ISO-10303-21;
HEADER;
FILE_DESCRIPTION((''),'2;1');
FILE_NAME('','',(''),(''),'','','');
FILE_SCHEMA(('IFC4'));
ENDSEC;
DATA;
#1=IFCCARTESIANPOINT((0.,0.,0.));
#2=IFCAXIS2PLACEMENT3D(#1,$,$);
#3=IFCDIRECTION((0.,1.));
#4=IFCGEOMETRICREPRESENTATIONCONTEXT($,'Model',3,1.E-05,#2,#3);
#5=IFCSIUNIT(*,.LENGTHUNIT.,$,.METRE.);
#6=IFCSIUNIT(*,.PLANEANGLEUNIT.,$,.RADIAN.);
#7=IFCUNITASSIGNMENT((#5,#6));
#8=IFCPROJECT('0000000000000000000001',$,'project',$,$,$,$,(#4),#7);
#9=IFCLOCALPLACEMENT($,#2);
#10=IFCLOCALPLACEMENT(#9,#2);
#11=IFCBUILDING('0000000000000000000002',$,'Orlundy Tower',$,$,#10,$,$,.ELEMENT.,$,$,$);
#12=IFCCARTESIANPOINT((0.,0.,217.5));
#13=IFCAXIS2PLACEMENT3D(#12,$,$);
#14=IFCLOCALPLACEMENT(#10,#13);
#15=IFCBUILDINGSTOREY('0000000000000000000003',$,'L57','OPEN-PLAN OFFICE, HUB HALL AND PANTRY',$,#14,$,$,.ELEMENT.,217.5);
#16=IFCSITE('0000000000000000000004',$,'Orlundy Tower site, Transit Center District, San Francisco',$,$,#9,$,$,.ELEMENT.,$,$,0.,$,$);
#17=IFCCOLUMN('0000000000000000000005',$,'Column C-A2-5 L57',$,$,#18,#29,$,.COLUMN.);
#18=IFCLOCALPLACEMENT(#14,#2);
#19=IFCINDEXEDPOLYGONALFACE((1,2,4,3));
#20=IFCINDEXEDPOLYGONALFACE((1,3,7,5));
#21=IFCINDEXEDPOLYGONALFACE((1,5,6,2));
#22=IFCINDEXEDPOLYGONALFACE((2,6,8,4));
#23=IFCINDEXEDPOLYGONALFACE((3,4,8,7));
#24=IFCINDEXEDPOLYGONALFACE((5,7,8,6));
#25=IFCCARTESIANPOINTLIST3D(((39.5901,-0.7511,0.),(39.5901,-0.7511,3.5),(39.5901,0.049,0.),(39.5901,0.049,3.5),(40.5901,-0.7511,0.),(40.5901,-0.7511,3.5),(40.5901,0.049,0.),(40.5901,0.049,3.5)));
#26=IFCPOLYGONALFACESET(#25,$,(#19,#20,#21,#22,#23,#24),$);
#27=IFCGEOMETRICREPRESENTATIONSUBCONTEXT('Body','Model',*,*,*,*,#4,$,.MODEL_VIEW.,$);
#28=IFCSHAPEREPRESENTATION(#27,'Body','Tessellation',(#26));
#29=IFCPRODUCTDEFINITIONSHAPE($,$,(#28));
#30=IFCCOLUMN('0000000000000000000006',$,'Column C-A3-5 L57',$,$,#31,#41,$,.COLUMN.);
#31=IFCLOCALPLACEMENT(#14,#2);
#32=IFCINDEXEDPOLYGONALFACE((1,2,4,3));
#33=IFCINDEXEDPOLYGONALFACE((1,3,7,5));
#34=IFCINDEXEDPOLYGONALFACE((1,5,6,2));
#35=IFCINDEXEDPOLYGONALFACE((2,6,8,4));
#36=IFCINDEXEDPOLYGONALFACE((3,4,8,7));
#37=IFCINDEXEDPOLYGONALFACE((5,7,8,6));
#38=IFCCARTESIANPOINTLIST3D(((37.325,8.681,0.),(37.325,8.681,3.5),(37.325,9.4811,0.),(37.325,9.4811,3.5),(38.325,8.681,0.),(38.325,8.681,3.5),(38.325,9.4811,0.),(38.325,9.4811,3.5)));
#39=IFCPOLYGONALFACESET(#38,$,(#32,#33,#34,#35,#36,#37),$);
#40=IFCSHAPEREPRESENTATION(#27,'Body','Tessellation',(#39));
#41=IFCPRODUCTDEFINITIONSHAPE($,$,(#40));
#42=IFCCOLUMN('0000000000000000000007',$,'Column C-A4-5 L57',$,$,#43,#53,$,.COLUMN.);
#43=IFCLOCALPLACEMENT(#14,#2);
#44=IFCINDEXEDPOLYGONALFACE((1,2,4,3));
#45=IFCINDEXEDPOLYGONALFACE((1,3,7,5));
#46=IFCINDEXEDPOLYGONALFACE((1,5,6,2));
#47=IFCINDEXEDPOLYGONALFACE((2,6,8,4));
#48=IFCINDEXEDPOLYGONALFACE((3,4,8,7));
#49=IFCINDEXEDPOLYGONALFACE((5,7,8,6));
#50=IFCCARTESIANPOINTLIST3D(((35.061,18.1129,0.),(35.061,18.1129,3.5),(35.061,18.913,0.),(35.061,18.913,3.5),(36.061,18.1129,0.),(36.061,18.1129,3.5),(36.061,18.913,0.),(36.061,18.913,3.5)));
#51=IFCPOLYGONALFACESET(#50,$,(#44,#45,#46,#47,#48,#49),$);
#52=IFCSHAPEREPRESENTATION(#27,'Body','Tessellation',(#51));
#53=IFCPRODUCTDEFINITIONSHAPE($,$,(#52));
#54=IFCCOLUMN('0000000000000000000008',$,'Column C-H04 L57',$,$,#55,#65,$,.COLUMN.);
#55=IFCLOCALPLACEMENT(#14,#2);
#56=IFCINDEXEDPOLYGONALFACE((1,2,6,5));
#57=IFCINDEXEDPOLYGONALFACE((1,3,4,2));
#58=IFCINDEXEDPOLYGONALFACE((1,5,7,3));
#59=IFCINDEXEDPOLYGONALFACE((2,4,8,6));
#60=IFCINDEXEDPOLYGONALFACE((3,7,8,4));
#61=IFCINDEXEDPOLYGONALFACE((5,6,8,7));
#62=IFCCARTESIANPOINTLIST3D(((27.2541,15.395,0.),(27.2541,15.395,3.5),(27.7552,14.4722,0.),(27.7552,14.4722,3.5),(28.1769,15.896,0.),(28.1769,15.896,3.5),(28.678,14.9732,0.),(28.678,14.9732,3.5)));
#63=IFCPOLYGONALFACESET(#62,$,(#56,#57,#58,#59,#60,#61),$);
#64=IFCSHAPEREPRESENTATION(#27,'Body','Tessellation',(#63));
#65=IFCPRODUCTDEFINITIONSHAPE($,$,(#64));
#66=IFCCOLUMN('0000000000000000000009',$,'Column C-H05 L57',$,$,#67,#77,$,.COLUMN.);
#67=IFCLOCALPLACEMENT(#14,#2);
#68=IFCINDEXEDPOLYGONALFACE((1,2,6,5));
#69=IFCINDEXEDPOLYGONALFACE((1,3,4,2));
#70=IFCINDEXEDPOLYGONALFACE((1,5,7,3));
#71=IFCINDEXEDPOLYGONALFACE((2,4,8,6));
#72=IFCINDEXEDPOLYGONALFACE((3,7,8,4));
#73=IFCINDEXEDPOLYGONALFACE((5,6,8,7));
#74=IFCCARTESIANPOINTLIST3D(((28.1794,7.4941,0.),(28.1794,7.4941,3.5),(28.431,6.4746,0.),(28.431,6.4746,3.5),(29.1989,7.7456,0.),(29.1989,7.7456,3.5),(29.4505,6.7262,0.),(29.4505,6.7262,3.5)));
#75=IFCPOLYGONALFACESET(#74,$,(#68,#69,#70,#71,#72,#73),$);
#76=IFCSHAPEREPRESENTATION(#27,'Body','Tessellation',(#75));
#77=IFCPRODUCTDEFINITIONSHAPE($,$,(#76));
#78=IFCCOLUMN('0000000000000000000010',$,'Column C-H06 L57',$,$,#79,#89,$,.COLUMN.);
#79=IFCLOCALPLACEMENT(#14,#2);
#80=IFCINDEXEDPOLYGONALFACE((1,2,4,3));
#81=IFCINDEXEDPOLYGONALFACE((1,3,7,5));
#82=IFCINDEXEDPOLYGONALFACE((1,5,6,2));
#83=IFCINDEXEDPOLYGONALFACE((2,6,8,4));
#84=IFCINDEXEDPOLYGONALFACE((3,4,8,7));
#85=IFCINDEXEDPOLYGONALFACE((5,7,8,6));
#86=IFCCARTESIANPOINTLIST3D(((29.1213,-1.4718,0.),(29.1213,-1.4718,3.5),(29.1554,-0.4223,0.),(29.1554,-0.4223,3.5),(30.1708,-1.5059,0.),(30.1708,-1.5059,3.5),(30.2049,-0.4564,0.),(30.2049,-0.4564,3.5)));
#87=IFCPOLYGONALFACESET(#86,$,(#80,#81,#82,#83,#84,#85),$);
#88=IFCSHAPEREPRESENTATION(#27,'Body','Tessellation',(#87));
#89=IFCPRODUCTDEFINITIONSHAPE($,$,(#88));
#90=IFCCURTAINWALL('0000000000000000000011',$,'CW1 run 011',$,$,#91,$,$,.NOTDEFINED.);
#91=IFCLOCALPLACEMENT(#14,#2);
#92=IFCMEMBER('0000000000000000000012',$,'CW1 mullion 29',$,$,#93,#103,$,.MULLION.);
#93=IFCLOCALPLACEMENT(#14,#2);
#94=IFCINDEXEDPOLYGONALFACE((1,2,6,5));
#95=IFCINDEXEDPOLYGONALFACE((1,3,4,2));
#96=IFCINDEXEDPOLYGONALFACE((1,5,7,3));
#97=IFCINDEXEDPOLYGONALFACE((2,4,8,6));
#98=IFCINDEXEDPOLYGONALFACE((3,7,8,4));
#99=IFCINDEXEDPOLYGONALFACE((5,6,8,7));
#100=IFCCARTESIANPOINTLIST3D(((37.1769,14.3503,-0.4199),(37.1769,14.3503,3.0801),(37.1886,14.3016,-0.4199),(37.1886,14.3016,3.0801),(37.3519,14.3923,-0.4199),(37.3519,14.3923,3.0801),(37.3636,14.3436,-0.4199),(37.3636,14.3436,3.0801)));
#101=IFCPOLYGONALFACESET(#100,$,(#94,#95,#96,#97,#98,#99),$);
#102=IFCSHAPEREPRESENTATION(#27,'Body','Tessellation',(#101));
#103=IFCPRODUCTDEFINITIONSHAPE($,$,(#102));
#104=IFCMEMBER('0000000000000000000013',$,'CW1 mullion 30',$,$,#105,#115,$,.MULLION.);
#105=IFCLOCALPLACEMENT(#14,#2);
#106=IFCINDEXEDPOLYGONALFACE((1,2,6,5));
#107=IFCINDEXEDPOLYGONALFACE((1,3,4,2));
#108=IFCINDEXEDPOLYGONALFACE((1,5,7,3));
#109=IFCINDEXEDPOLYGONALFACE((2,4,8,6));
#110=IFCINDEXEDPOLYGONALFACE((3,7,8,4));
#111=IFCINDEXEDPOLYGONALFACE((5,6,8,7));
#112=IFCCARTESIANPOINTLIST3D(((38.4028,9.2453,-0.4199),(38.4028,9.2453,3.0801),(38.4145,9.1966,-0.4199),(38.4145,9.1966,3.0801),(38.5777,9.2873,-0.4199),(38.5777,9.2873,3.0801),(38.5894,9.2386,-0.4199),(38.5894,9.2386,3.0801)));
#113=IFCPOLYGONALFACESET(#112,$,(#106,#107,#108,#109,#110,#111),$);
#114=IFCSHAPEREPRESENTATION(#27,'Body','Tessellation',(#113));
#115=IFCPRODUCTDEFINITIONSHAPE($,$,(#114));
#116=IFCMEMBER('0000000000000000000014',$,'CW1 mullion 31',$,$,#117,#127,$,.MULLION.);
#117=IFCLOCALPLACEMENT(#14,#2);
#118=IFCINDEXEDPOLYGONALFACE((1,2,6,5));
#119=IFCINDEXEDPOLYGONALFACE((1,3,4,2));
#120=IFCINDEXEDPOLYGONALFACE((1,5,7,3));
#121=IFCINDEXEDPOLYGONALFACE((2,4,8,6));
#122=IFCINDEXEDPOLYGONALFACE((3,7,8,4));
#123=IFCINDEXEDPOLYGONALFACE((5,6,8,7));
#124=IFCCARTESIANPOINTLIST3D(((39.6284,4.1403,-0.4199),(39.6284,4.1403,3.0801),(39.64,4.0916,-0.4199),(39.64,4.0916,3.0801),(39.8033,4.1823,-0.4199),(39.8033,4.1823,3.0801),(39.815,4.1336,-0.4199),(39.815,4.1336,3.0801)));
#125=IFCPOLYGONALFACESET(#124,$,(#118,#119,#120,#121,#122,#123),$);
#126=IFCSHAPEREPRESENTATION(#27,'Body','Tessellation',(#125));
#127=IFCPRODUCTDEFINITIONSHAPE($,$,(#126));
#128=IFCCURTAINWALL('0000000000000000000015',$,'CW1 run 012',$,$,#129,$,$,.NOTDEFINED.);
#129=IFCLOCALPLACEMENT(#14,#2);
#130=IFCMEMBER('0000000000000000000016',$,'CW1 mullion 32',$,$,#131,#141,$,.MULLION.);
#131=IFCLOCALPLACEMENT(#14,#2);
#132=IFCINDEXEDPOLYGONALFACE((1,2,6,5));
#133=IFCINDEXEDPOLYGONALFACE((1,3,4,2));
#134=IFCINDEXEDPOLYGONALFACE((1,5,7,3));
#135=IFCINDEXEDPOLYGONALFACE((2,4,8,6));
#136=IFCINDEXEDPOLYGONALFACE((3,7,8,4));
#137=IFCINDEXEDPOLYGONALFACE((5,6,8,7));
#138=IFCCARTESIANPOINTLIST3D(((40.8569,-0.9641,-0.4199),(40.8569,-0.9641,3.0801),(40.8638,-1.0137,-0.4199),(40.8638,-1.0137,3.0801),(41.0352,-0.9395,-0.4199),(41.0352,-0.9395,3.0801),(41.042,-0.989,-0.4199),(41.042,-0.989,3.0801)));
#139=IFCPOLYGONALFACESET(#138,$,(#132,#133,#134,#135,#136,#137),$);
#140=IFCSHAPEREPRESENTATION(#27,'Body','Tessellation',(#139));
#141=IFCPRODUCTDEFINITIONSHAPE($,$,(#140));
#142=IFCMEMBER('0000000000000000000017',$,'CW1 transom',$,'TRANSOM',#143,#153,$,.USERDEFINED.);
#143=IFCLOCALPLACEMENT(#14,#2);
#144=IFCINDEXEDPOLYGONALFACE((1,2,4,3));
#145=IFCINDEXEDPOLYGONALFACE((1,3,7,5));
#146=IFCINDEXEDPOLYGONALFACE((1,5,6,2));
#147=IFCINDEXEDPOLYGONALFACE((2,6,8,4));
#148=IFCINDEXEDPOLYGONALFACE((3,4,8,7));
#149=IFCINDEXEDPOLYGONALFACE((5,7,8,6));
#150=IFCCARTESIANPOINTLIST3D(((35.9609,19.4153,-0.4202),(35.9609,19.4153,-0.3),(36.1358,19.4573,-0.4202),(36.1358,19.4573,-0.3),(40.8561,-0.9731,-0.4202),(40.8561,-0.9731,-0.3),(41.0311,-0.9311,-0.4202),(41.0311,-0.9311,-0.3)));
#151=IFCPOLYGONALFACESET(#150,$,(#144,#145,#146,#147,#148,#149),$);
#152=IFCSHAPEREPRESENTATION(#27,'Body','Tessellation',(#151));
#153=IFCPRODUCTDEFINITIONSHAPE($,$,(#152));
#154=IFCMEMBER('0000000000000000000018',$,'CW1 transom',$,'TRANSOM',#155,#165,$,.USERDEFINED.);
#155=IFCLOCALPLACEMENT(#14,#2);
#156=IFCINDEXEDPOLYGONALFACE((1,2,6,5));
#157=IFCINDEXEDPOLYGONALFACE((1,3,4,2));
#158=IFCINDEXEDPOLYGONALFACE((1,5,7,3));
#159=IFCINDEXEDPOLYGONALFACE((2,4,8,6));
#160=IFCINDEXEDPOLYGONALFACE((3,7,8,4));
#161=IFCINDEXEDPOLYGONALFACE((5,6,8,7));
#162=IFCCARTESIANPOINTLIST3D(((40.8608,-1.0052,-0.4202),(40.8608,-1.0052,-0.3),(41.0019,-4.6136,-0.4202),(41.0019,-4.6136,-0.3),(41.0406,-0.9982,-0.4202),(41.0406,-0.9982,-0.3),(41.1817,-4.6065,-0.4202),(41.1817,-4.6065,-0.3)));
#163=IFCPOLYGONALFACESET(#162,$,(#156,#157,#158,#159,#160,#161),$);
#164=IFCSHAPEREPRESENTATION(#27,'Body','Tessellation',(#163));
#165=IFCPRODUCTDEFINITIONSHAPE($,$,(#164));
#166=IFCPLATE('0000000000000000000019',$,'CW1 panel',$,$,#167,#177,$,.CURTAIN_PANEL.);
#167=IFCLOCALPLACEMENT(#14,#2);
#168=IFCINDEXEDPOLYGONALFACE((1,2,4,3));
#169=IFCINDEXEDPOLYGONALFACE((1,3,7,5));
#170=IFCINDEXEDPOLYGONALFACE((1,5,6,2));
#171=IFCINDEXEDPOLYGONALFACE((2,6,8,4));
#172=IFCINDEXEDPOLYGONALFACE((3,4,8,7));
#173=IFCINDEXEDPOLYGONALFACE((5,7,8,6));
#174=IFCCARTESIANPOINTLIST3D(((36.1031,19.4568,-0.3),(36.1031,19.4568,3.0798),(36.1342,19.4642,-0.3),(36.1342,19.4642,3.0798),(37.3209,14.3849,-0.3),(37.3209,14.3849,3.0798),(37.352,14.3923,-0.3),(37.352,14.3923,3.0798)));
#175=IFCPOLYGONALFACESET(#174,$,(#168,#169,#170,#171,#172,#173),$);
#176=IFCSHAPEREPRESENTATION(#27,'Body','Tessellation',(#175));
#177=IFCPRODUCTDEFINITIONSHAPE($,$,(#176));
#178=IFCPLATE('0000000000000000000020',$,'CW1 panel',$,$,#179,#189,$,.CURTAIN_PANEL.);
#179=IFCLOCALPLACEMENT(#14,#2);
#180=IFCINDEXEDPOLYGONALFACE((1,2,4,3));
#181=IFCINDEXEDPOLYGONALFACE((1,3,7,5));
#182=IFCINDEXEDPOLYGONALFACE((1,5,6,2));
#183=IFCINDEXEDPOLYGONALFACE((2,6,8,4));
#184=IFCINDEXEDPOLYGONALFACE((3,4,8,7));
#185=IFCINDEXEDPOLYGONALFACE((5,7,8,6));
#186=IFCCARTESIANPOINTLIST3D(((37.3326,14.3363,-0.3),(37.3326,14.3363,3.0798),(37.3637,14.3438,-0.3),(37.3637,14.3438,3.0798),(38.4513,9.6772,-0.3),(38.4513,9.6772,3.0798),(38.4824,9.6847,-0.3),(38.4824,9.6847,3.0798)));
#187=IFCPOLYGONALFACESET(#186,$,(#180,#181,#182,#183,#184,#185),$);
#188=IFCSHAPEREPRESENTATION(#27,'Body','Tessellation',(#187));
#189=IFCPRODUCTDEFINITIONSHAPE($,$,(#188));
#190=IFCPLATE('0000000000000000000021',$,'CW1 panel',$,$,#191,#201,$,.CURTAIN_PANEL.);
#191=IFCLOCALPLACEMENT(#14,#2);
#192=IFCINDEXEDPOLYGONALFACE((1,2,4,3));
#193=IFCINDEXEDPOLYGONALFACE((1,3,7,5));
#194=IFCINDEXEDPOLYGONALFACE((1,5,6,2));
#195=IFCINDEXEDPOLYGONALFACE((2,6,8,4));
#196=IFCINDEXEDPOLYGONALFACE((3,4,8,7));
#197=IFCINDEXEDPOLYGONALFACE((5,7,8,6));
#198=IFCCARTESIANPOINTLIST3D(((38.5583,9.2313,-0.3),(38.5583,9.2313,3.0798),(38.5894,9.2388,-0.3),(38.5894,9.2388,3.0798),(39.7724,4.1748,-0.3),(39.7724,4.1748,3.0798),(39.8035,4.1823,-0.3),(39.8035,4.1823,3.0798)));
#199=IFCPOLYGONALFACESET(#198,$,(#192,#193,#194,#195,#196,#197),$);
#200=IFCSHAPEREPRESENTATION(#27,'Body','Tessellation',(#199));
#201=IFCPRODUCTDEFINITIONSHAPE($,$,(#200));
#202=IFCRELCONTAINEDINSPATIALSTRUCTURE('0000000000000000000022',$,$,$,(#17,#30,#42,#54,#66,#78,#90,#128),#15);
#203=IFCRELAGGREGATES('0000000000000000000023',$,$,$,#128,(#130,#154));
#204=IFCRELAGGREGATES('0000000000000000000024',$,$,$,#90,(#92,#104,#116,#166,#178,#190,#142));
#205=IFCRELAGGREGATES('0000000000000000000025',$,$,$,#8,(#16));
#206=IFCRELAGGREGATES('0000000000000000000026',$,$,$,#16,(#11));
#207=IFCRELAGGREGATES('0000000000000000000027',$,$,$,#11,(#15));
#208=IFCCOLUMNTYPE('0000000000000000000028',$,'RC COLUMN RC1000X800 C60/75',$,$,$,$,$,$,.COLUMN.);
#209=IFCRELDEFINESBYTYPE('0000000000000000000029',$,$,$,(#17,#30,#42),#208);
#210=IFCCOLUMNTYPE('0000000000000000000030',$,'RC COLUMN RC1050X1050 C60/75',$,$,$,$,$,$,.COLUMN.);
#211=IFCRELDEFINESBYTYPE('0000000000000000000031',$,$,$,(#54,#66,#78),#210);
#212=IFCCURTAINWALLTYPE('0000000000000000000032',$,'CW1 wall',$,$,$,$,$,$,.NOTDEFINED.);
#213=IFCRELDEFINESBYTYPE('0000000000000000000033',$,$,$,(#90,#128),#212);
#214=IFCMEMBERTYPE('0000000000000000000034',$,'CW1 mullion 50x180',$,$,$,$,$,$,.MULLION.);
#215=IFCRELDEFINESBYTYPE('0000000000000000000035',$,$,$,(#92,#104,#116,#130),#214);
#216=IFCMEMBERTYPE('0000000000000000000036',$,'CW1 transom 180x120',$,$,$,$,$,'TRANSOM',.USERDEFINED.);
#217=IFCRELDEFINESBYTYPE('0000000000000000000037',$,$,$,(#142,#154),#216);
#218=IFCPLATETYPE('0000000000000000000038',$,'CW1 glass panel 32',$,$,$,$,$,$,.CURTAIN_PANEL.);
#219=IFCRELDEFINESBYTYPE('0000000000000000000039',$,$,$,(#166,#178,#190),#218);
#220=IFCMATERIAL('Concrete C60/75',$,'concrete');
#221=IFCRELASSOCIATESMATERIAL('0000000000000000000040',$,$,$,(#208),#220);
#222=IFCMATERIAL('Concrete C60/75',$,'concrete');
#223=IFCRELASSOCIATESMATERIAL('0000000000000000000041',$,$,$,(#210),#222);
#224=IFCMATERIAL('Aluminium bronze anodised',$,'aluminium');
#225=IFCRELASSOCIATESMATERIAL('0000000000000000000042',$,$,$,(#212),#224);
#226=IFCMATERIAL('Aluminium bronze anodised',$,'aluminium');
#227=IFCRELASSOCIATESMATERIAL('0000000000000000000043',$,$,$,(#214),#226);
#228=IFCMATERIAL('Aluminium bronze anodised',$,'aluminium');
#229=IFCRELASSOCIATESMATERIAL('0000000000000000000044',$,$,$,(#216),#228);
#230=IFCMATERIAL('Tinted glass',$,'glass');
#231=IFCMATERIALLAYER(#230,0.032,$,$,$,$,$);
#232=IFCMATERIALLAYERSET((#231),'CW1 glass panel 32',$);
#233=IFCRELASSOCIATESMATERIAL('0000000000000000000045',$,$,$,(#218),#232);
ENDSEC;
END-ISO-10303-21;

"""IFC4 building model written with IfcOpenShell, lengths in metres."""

from ifc_helpers import new_model, si_unit, direction, frame, origin, origin_2d, place, context, subcontext, project, spatial, rectangle, extrude, material, layer, layer_set, material_profile, profile_set, type_object, element, aggregate, save


model = new_model("IFC4")

# Units and contexts
model_context = context("Model", 3, precision=1e-05, world=origin(), true_north=direction((0.0, 1.0)))
body_context = subcontext(model_context, "Body", "Model", "MODEL_VIEW")
ifc_project = project(units=[si_unit("LENGTHUNIT", "METRE"), si_unit("PLANEANGLEUNIT", "RADIAN")], contexts=[model_context])

# Site, building, storey
site_placement = place(None, origin())
site = spatial("IfcSite", under=ifc_project, at=site_placement, Name="Orlundy Tower site, Transit Center District, San Francisco", CompositionType="ELEMENT", RefElevation=0.0)
building_placement = place(site_placement, origin())
building = spatial("IfcBuilding", under=site, at=building_placement, Name="Orlundy Tower", CompositionType="ELEMENT")
storey_placement = place(building_placement, frame((0.0, 0.0, 217.5)))
storey = spatial("IfcBuildingStorey", under=building, at=storey_placement, Name="L57", Description="OPEN-PLAN OFFICE, HUB HALL AND PANTRY", CompositionType="ELEMENT", Elevation=217.5)

# Columns
ifc_material_1 = material(Name="Concrete C60/75", Category="concrete")
ifc_material_profile_1 = material_profile(ifc_material_1, rectangle(XDim=1.0, YDim=0.8, at=origin_2d()), Name="RC1000X800")
ifc_profile_set_1 = profile_set([ifc_material_profile_1], Name="Concrete C60/75")
column_type_1 = type_object("IfcColumnType", Name="RC COLUMN RC1000X800 C60/75", PredefinedType="COLUMN", material=ifc_profile_set_1)
for number, where, z_axis, x_axis, name in (
    (1, (40.0901, -0.3511, 0.0), (0.0, 0.0, 1.0), (1.0, 0.0, 0.0), "Column C-A2-5 L57"),
    (2, (37.825, 9.0811, 0.0), (0.0, 0.0, 1.0), (1.0, 0.0, 0.0), "Column C-A3-5 L57"),
    (3, (35.561, 18.5129, 0.0), (0.0, 0.0, 1.0), (1.0, 0.0, 0.0), "Column C-A4-5 L57"),
):
    element("IfcColumn", number, at=place(storey_placement, frame(where, z_axis=z_axis, x_axis=x_axis)), inside=storey, type_object=column_type_1, Name=name, PredefinedType="COLUMN", context=body_context, shape_type="SweptSolid", body=[
        extrude(rectangle(XDim=1.0, YDim=0.8, at=origin_2d()), origin(), (0.0, 0.0, 1.0), 3.5),
    ])
ifc_material_2 = material(Name="Concrete C60/75", Category="concrete")
ifc_material_profile_2 = material_profile(ifc_material_2, rectangle(XDim=1.05, YDim=1.05, at=origin_2d()), Name="RC1050X1050")
ifc_profile_set_2 = profile_set([ifc_material_profile_2], Name="Concrete C60/75")
column_type_2 = type_object("IfcColumnType", Name="RC COLUMN RC1050X1050 C60/75", PredefinedType="COLUMN", material=ifc_profile_set_2)
for number, where, z_axis, x_axis, name in (
    (4, (27.9661, 15.1841, 0.0), (0.0, 0.0, 1.0), (0.878817, 0.477159, 0.0), "Column C-H04 L57"),
    (5, (28.8149, 7.1101, 0.0), (0.0, 0.0, 1.0), (0.97088, 0.239567, 0.0), "Column C-H05 L57"),
    (6, (29.6631, -0.9641, 0.0), (0.0, 0.0, 1.0), (0.999473, -0.032475, 0.0), "Column C-H06 L57"),
):
    element("IfcColumn", number, at=place(storey_placement, frame(where, z_axis=z_axis, x_axis=x_axis)), inside=storey, type_object=column_type_2, Name=name, PredefinedType="COLUMN", context=body_context, shape_type="SweptSolid", body=[
        extrude(rectangle(XDim=1.05, YDim=1.05, at=origin_2d()), origin(), (0.0, 0.0, 1.0), 3.5),
    ])

# Curtain wall, members
ifc_material_3 = material(Name="Aluminium bronze anodised", Category="aluminium")
curtain_wall_type = type_object("IfcCurtainWallType", Name="CW1 wall", PredefinedType="NOTDEFINED", material=ifc_material_3)
curtain_wall_1_placement = place(storey_placement, origin())
curtain_wall_1 = element("IfcCurtainWall", 7, at=curtain_wall_1_placement, inside=storey, type_object=curtain_wall_type, Name="CW1 run 011", PredefinedType="NOTDEFINED")
ifc_material_4 = material(Name="Aluminium bronze anodised", Category="aluminium")
ifc_material_profile_3 = material_profile(ifc_material_4, rectangle(XDim=0.1799, YDim=0.05, at=origin_2d()), Name="CW1 mullion 50x180")
ifc_profile_set_3 = profile_set([ifc_material_profile_3], Name="Aluminium bronze anodised")
member_type_1 = type_object("IfcMemberType", Name="CW1 mullion 50x180", PredefinedType="MULLION", material=ifc_profile_set_3)
member_1_placement = place(storey_placement, frame((37.2703, 14.3469, -0.4199), z_axis=(0.0, 0.0, 1.0), x_axis=(0.972364, 0.233472, 0.0)))
member_1 = element("IfcMember", 8, at=member_1_placement, type_object=member_type_1, Name="CW1 mullion 29", PredefinedType="MULLION", context=body_context, shape_type="SweptSolid", body=[
    extrude(rectangle(XDim=0.1799, YDim=0.05, at=origin_2d()), origin(), (0.0, 0.0, 1.0), 3.5),
])
member_2_placement = place(storey_placement, frame((38.4961, 9.2419, -0.4199), z_axis=(0.0, 0.0, 1.0), x_axis=(0.972364, 0.233472, 0.0)))
member_2 = element("IfcMember", 9, at=member_2_placement, type_object=member_type_1, Name="CW1 mullion 30", PredefinedType="MULLION", context=body_context, shape_type="SweptSolid", body=[
    extrude(rectangle(XDim=0.1799, YDim=0.05, at=origin_2d()), origin(), (0.0, 0.0, 1.0), 3.5),
])
member_3_placement = place(storey_placement, frame((39.7217, 4.137, -0.4199), z_axis=(0.0, 0.0, 1.0), x_axis=(0.972364, 0.233472, 0.0)))
member_3 = element("IfcMember", 10, at=member_3_placement, type_object=member_type_1, Name="CW1 mullion 31", PredefinedType="MULLION", context=body_context, shape_type="SweptSolid", body=[
    extrude(rectangle(XDim=0.1799, YDim=0.05, at=origin_2d()), origin(), (0.0, 0.0, 1.0), 3.5),
])

# Curtain wall, member
curtain_wall_2_placement = place(storey_placement, origin())
curtain_wall_2 = element("IfcCurtainWall", 11, at=curtain_wall_2_placement, inside=storey, type_object=curtain_wall_type, Name="CW1 run 012", PredefinedType="NOTDEFINED")
member_4_placement = place(storey_placement, frame((40.9495, -0.9766, -0.4199), z_axis=(0.0, 0.0, 1.0), x_axis=(0.990577, 0.136955, 0.0)))
member_4 = element("IfcMember", 12, at=member_4_placement, type_object=member_type_1, Name="CW1 mullion 32", PredefinedType="MULLION", context=body_context, shape_type="SweptSolid", body=[
    extrude(rectangle(XDim=0.1799, YDim=0.05, at=origin_2d()), origin(), (0.0, 0.0, 1.0), 3.5),
])

# Members
ifc_material_5 = material(Name="Aluminium bronze anodised", Category="aluminium")
ifc_material_profile_4 = material_profile(ifc_material_5, rectangle(XDim=0.1799, YDim=0.1201, at=origin_2d()), Name="CW1 transom 180x120")
ifc_profile_set_4 = profile_set([ifc_material_profile_4], Name="Aluminium bronze anodised")
member_type_2 = type_object("IfcMemberType", Name="CW1 transom 180x120", ElementType="TRANSOM", PredefinedType="USERDEFINED", material=ifc_profile_set_4)
member_5_placement = place(storey_placement, frame((36.0483, 19.4363, -0.3601), z_axis=(0.233465, -0.972365, 0.0), x_axis=(0.972365, 0.233465, 0.0)))
member_5 = element("IfcMember", 13, at=member_5_placement, type_object=member_type_2, Name="CW1 transom", ObjectType="TRANSOM", PredefinedType="USERDEFINED", context=body_context, shape_type="SweptSolid", body=[
    extrude(rectangle(XDim=0.1799, YDim=0.1201, at=origin_2d()), origin(), (0.0, 0.0, 1.0), 20.9678),
])
member_6_placement = place(storey_placement, frame((40.9507, -1.0017, -0.3601), z_axis=(0.039077, -0.999236, 0.0), x_axis=(0.999236, 0.039077, 0.0)))
member_6 = element("IfcMember", 14, at=member_6_placement, type_object=member_type_2, Name="CW1 transom", ObjectType="TRANSOM", PredefinedType="USERDEFINED", context=body_context, shape_type="SweptSolid", body=[
    extrude(rectangle(XDim=0.1799, YDim=0.1201, at=origin_2d()), origin(), (0.0, 0.0, 1.0), 3.6111),
])
aggregate(curtain_wall_2, [member_4, member_6])

# Plates
ifc_material_6 = material(Name="Tinted glass", Category="glass")
ifc_layer_1 = layer(ifc_material_6, 0.032)
ifc_layer_set_1 = layer_set([ifc_layer_1], Name="CW1 glass panel 32")
plate_type = type_object("IfcPlateType", Name="CW1 glass panel 32", PredefinedType="CURTAIN_PANEL", material=ifc_layer_set_1)
plate_1_placement = place(storey_placement, frame((36.7275, 16.9246, -0.3), z_axis=(0.0, 0.0, 1.0), x_axis=(0.233472, -0.972364, 0.0)))
plate_1 = element("IfcPlate", 15, at=plate_1_placement, type_object=plate_type, Name="CW1 panel", PredefinedType="CURTAIN_PANEL", context=body_context, shape_type="SweptSolid", body=[
    extrude(rectangle(XDim=5.2161, YDim=0.032, at=origin_2d()), origin(), (0.0, 0.0, 1.0), 3.3799),
])
plate_2_placement = place(storey_placement, frame((37.9075, 12.0105, -0.3), z_axis=(0.0, 0.0, 1.0), x_axis=(0.233472, -0.972364, 0.0)))
plate_2 = element("IfcPlate", 16, at=plate_2_placement, type_object=plate_type, Name="CW1 panel", PredefinedType="CURTAIN_PANEL", context=body_context, shape_type="SweptSolid", body=[
    extrude(rectangle(XDim=4.7915, YDim=0.032, at=origin_2d()), origin(), (0.0, 0.0, 1.0), 3.3799),
])
plate_3_placement = place(storey_placement, frame((39.1809, 6.7068, -0.3), z_axis=(0.0, 0.0, 1.0), x_axis=(0.233472, -0.972364, 0.0)))
plate_3 = element("IfcPlate", 17, at=plate_3_placement, type_object=plate_type, Name="CW1 panel", PredefinedType="CURTAIN_PANEL", context=body_context, shape_type="SweptSolid", body=[
    extrude(rectangle(XDim=5.2002, YDim=0.032, at=origin_2d()), origin(), (0.0, 0.0, 1.0), 3.3799),
])
aggregate(curtain_wall_1, [member_1, member_2, member_3, plate_1, plate_2, plate_3, member_5])

save(model, "model.ifc")
